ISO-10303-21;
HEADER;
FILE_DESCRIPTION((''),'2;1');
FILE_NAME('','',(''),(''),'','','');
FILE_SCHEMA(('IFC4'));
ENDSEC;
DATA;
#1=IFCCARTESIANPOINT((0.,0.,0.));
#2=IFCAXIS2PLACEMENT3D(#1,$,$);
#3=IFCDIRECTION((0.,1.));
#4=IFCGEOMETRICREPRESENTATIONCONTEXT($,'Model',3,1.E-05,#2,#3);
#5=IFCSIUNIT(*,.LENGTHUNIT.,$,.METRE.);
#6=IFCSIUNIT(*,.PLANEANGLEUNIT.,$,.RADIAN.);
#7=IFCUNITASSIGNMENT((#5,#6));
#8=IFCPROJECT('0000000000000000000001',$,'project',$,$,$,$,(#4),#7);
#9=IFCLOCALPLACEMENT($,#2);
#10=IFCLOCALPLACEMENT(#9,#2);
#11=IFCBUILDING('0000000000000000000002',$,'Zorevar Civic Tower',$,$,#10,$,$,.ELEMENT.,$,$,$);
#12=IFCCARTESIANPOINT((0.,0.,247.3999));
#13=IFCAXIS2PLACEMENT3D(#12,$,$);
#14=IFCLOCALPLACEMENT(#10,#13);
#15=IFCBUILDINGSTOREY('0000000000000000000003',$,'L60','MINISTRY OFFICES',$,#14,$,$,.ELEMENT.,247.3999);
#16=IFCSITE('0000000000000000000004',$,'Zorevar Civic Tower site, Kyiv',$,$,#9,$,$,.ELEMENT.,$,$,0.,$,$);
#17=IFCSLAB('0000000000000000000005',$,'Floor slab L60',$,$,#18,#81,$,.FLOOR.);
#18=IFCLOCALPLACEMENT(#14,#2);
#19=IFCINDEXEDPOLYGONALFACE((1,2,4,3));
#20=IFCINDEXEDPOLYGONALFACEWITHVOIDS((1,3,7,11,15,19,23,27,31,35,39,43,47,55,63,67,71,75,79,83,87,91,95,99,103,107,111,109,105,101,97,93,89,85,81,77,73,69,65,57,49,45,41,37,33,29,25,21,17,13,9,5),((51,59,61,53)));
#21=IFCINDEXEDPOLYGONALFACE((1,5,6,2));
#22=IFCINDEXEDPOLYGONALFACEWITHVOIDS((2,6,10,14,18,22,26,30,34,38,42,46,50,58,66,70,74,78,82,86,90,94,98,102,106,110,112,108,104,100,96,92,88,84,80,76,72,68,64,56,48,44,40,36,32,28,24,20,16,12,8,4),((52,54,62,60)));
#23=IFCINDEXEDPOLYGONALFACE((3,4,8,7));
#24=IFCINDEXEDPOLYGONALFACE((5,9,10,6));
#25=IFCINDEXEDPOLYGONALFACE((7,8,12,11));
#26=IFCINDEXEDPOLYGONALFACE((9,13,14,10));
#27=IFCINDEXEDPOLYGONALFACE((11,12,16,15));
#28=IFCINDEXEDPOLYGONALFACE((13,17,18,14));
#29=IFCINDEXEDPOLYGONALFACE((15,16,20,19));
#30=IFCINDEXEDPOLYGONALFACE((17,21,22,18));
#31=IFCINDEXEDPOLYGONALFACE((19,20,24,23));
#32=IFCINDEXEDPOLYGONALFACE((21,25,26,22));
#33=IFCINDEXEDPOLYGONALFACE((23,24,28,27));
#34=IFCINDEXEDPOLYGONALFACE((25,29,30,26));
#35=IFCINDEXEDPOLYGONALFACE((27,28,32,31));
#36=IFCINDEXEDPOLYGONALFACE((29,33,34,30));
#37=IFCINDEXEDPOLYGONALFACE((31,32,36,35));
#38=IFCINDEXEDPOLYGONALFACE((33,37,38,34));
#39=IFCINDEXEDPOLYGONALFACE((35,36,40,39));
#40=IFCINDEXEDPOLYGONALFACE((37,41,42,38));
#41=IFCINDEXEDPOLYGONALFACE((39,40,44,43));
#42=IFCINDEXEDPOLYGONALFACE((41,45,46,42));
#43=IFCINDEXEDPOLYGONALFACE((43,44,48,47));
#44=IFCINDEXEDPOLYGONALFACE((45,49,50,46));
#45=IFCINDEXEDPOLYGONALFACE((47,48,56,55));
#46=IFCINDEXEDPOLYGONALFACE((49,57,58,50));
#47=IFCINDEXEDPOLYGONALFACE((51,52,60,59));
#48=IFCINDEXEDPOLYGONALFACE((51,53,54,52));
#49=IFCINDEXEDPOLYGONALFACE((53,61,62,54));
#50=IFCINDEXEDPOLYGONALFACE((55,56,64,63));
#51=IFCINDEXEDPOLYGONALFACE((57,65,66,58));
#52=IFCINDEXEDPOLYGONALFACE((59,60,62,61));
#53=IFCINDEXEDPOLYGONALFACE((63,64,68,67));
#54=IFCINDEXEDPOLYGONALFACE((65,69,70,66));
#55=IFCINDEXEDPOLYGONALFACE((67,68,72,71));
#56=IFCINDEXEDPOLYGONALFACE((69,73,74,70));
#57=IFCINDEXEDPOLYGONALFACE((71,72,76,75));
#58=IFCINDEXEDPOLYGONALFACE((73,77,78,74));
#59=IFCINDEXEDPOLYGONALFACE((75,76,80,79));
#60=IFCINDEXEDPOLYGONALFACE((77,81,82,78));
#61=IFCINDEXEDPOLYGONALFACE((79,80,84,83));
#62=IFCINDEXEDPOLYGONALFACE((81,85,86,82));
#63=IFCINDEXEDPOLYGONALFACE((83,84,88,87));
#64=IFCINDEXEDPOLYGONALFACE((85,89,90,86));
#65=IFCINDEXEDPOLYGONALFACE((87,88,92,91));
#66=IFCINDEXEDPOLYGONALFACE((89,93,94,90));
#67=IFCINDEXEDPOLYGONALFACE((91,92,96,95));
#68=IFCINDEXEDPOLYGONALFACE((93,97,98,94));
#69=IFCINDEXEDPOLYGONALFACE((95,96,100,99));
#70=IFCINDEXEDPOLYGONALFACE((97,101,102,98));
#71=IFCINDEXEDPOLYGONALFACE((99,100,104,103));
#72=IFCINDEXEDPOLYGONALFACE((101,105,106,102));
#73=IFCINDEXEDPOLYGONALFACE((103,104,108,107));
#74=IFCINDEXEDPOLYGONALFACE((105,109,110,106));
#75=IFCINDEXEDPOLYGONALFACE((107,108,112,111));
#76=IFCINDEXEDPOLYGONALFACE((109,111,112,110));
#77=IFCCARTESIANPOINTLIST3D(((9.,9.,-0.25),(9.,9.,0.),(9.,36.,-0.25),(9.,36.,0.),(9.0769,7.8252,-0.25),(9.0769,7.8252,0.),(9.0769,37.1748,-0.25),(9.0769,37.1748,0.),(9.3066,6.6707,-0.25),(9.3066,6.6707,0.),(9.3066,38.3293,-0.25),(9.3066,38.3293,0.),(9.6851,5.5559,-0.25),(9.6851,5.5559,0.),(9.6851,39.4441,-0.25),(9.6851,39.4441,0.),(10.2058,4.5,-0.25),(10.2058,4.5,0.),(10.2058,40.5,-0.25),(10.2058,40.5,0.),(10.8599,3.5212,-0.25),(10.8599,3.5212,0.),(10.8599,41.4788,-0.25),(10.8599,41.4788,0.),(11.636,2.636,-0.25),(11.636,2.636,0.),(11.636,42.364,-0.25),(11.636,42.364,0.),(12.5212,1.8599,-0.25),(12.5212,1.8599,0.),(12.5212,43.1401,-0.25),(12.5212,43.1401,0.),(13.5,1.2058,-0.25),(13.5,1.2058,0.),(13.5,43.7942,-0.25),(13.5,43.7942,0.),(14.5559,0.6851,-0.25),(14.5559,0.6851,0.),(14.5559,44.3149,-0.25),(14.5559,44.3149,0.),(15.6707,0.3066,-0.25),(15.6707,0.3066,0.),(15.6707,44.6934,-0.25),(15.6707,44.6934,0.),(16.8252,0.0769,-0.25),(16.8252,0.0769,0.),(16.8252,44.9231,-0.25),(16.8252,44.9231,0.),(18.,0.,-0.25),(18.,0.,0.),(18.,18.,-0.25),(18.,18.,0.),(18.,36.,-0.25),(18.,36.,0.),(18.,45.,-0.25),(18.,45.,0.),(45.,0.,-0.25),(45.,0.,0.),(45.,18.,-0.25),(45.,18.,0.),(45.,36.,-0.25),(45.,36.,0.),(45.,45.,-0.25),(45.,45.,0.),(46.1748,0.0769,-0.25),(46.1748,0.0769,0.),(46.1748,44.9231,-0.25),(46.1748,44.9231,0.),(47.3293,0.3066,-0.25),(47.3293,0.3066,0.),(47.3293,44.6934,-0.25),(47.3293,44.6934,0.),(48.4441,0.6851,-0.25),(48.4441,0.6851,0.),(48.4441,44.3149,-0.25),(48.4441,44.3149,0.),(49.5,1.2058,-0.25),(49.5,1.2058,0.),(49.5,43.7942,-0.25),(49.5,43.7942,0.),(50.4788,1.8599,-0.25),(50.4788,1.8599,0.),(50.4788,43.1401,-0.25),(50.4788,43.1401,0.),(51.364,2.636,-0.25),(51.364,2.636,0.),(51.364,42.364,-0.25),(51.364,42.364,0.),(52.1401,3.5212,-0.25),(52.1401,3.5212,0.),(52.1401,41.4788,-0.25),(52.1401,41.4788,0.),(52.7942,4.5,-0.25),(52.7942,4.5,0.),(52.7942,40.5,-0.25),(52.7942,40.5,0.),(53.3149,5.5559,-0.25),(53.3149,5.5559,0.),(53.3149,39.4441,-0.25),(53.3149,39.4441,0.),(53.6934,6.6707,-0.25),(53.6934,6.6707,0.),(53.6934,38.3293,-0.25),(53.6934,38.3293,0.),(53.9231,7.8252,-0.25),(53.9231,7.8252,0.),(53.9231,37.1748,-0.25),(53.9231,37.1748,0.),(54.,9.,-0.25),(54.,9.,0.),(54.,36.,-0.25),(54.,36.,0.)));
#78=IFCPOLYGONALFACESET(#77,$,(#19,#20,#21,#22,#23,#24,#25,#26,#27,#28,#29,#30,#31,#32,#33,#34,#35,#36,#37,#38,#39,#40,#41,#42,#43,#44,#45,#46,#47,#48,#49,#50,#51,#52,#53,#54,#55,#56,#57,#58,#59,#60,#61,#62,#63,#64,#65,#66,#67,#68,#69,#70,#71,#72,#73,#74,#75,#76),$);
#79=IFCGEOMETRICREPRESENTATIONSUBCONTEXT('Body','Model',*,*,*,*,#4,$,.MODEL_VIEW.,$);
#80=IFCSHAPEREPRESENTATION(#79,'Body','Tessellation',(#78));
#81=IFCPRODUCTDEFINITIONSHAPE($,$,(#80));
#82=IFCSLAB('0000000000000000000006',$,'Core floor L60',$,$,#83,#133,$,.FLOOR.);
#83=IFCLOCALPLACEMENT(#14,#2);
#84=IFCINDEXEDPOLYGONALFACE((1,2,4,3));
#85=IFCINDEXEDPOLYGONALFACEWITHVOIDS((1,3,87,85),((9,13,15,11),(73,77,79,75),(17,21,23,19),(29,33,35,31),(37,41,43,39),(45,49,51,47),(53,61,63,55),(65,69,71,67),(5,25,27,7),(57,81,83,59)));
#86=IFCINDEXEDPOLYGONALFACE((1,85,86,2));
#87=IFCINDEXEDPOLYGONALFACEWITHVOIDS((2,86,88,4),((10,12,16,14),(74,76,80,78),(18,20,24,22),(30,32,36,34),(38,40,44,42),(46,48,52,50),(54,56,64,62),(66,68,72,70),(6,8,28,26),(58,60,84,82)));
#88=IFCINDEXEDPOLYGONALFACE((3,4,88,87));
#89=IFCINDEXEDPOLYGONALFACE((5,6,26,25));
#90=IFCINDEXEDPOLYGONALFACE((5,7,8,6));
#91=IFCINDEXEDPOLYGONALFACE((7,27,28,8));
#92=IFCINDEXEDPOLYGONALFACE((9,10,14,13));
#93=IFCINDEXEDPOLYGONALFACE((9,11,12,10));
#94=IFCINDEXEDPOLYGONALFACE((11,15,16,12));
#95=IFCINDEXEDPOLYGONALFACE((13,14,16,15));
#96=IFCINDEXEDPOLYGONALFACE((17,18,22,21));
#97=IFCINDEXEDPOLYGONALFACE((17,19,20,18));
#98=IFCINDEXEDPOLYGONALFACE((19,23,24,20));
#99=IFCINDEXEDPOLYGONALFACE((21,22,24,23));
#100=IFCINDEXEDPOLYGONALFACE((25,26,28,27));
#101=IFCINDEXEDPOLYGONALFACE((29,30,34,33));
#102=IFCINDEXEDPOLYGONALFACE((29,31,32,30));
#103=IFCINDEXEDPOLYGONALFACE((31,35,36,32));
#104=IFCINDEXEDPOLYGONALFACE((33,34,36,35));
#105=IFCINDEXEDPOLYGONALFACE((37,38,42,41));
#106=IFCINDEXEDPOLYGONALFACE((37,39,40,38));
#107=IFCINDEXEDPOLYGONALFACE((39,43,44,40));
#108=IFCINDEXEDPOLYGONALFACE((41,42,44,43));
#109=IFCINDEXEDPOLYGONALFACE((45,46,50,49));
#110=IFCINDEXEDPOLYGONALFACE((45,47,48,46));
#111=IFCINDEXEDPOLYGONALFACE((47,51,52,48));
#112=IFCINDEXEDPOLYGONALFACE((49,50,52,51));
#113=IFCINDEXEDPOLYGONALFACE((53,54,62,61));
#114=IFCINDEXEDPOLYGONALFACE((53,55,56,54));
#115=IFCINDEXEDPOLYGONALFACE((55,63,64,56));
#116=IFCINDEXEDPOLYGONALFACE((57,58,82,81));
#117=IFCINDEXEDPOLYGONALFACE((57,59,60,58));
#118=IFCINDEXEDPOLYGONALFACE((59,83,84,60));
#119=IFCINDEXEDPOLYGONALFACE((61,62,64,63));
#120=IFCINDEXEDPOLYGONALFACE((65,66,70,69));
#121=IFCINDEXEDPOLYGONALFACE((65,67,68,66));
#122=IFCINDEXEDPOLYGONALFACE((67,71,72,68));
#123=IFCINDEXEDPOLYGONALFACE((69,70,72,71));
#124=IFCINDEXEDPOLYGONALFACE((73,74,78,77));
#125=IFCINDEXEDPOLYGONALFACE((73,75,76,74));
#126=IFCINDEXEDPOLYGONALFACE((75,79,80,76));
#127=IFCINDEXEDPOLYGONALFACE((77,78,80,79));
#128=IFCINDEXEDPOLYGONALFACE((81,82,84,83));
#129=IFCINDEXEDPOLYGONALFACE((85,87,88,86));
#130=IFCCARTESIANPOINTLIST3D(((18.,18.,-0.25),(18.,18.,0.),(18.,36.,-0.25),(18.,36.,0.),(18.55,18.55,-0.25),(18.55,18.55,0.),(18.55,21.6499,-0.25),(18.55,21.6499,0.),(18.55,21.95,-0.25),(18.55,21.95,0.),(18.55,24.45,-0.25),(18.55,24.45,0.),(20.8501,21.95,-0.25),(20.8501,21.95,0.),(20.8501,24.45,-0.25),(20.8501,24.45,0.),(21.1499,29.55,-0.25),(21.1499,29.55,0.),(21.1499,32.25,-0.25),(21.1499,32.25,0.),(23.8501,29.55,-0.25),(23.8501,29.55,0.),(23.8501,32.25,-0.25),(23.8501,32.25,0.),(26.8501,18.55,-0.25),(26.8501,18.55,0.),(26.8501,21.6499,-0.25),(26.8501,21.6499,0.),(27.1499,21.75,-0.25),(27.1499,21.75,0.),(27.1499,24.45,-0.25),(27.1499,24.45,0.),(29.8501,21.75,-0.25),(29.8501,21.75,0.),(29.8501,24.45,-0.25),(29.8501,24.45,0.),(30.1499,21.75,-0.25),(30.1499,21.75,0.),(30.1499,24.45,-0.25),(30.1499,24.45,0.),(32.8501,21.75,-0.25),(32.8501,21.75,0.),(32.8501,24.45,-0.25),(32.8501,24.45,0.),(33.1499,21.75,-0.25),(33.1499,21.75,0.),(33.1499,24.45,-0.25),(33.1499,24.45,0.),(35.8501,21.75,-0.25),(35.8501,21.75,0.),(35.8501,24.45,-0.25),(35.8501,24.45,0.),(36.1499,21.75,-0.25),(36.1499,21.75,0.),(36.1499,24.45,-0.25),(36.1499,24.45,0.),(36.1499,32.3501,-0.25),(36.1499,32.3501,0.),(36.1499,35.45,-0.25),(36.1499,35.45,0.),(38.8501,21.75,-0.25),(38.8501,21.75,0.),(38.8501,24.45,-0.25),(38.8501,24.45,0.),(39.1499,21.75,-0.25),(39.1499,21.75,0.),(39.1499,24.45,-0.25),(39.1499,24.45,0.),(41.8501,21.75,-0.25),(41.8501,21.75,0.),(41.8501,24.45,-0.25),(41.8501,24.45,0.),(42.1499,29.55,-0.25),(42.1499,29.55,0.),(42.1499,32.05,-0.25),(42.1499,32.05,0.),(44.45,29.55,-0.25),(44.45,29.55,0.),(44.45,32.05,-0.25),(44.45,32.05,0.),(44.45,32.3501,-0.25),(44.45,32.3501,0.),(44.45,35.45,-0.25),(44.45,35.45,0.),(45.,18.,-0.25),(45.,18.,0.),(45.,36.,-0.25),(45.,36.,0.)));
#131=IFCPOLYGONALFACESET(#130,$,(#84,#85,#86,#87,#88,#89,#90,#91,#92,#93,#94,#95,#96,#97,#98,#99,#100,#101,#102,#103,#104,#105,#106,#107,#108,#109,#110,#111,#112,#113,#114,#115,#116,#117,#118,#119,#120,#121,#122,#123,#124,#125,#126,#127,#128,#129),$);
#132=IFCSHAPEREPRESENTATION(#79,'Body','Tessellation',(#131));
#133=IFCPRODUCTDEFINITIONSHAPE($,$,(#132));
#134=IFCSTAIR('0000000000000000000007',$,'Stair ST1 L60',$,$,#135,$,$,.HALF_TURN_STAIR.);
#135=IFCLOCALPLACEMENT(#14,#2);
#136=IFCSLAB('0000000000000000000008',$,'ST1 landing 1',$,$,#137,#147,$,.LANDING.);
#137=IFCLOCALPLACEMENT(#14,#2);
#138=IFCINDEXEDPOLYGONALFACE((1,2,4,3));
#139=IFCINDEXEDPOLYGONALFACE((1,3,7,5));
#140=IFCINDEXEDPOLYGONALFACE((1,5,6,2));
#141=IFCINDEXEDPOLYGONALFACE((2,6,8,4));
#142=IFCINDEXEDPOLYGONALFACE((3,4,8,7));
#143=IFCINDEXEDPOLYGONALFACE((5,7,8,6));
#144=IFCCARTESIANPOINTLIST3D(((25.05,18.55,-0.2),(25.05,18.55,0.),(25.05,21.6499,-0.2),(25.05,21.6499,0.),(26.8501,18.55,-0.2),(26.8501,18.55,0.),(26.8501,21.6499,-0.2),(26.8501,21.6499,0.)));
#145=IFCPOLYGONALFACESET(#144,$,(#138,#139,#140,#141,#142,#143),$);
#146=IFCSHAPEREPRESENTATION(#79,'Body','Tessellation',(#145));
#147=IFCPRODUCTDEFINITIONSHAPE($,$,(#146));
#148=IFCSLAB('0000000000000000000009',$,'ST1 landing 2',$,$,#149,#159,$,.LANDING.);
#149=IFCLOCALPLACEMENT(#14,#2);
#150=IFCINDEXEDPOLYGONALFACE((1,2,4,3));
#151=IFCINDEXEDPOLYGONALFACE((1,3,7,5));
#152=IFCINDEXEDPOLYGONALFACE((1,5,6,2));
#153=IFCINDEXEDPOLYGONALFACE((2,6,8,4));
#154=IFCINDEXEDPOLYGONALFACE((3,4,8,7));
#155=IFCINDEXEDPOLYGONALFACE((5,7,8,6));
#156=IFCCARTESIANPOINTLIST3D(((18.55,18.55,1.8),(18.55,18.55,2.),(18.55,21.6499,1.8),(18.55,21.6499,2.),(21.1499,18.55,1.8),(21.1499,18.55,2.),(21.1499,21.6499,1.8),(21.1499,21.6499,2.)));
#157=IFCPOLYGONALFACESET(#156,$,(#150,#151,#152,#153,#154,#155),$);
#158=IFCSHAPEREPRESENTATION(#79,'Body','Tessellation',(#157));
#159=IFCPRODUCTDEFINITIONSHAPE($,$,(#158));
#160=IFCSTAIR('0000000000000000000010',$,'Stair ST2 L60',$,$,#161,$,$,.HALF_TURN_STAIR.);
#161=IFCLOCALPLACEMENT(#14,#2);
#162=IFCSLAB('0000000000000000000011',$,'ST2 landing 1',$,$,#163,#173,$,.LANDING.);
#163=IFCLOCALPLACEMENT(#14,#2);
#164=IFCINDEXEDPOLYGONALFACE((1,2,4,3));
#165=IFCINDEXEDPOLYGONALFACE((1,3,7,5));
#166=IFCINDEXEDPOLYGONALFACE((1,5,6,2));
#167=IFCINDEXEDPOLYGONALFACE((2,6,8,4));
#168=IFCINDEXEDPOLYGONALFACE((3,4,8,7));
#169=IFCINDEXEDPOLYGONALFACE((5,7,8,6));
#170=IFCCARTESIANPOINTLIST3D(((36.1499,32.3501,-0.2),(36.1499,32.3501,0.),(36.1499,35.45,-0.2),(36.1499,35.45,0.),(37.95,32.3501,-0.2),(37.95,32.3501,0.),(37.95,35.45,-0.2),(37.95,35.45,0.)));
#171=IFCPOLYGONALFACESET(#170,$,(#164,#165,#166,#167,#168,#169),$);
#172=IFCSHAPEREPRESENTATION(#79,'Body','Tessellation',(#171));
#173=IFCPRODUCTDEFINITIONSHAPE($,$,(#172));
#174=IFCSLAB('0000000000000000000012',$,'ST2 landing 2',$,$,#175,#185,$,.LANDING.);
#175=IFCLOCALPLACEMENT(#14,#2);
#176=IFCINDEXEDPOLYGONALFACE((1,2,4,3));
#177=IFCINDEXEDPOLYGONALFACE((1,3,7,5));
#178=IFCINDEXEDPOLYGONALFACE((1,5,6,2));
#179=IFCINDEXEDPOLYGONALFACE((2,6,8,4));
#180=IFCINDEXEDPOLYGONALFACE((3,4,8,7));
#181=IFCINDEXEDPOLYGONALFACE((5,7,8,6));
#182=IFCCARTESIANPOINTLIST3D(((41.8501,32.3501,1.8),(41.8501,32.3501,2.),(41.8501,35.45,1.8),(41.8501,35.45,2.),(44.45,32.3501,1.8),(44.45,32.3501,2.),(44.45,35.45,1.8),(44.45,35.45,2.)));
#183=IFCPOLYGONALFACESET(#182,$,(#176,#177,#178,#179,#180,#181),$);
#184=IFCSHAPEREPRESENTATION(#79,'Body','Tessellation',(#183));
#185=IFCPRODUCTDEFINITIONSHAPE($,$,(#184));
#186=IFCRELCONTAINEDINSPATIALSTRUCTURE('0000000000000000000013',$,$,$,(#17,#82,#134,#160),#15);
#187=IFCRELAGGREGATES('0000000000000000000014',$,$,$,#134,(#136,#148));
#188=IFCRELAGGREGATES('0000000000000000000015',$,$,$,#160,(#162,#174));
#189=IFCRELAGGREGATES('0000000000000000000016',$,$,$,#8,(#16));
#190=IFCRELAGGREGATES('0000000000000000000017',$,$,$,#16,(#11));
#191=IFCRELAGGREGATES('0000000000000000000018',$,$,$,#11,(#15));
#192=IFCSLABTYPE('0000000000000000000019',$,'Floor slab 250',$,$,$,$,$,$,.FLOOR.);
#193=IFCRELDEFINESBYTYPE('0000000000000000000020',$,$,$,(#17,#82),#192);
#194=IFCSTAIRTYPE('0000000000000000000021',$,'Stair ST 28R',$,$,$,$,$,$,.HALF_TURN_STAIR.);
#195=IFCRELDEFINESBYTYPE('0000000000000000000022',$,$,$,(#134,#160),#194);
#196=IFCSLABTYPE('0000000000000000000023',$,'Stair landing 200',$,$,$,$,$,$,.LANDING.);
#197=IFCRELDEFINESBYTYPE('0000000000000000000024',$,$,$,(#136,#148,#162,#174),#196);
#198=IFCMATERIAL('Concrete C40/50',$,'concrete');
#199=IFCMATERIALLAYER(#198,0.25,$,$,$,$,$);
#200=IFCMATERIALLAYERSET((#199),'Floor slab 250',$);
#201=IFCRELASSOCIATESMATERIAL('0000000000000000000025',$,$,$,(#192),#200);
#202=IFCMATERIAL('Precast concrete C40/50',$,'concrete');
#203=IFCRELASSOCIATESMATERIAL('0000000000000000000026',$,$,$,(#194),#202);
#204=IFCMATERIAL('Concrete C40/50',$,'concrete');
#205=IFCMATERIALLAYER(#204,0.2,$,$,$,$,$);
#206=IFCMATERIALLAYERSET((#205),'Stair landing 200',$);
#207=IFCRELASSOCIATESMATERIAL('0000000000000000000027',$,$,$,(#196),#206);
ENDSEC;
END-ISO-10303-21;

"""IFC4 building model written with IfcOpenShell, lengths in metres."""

from ifc_helpers import new_model, si_unit, direction, frame, origin, place, context, subcontext, project, spatial, polyline, outline, extrude, material, layer, layer_set, type_object, element, aggregate, save


model = new_model("IFC4")

# Units and contexts
model_context = context("Model", 3, precision=1e-05, world=origin(), true_north=direction((0.0, 1.0)))
body_context = subcontext(model_context, "Body", "Model", "MODEL_VIEW")
ifc_project = project(units=[si_unit("LENGTHUNIT", "METRE"), si_unit("PLANEANGLEUNIT", "RADIAN")], contexts=[model_context])

# Site, building, storey
site_placement = place(None, origin())
site = spatial("IfcSite", under=ifc_project, at=site_placement, Name="Zorevar Civic Tower site, Kyiv", CompositionType="ELEMENT", RefElevation=0.0)
building_placement = place(site_placement, origin())
building = spatial("IfcBuilding", under=site, at=building_placement, Name="Zorevar Civic Tower", CompositionType="ELEMENT")
storey_placement = place(building_placement, frame((0.0, 0.0, 247.3999)))
storey = spatial("IfcBuildingStorey", under=building, at=storey_placement, Name="L60", Description="MINISTRY OFFICES", CompositionType="ELEMENT", Elevation=247.3999)

# Slabs
ifc_material_1 = material(Name="Concrete C40/50", Category="concrete")
ifc_layer_1 = layer(ifc_material_1, 0.25)
ifc_layer_set_1 = layer_set([ifc_layer_1], Name="Floor slab 250")
slab_type_1 = type_object("IfcSlabType", Name="Floor slab 250", PredefinedType="FLOOR", material=ifc_layer_set_1)
slab_1_placement = place(storey_placement, frame((0.0, 0.0, -0.25)))
element("IfcSlab", 1, at=slab_1_placement, inside=storey, type_object=slab_type_1, Name="Floor slab L60", PredefinedType="FLOOR", context=body_context, shape_type="SweptSolid", body=[
    extrude(outline(polyline([(45.0, 0.0), (46.1748, 0.0769), (47.3293, 0.3066), (48.4441, 0.6851), (49.5, 1.2058), (50.4788, 1.8599), (51.364, 2.636), (52.1401, 3.5212), (52.7942, 4.5), (53.3149, 5.5559), (53.6934, 6.6707), (53.9231, 7.8252), (54.0, 9.0), (54.0, 36.0), (53.9231, 37.1748), (53.6934, 38.3293), (53.3149, 39.4441), (52.7942, 40.5), (52.1401, 41.4788), (51.364, 42.364), (50.4788, 43.1401), (49.5, 43.7942), (48.4441, 44.3149), (47.3293, 44.6934), (46.1748, 44.9231), (45.0, 45.0), (18.0, 45.0), (16.8252, 44.9231), (15.6707, 44.6934), (14.5559, 44.3149), (13.5, 43.7942), (12.5212, 43.1401), (11.636, 42.364), (10.8599, 41.4788), (10.2058, 40.5), (9.6851, 39.4441), (9.3066, 38.3293), (9.0769, 37.1748), (9.0, 36.0), (9.0, 9.0), (9.0769, 7.8252), (9.3066, 6.6707), (9.6851, 5.5559), (10.2058, 4.5), (10.8599, 3.5212), (11.636, 2.636), (12.5212, 1.8599), (13.5, 1.2058), (14.5559, 0.6851), (15.6707, 0.3066), (16.8252, 0.0769), (18.0, 0.0), (45.0, 0.0)]), holes=[polyline([(18.0, 18.0), (45.0, 18.0), (45.0, 36.0), (18.0, 36.0), (18.0, 18.0)])]), origin(), (0.0, 0.0, 1.0), 0.25),
])
slab_2_placement = place(storey_placement, frame((0.0, 0.0, -0.25)))
element("IfcSlab", 2, at=slab_2_placement, inside=storey, type_object=slab_type_1, Name="Core floor L60", PredefinedType="FLOOR", context=body_context, shape_type="SweptSolid", body=[
    extrude(outline(polyline([(18.0, 18.0), (45.0, 18.0), (45.0, 36.0), (18.0, 36.0), (18.0, 18.0)]), holes=[polyline([(18.55, 18.55), (26.8501, 18.55), (26.8501, 21.6499), (18.55, 21.6499), (18.55, 18.55)]), polyline([(36.1499, 32.3501), (44.45, 32.3501), (44.45, 35.45), (36.1499, 35.45), (36.1499, 32.3501)]), polyline([(18.55, 21.95), (20.8501, 21.95), (20.8501, 24.45), (18.55, 24.45), (18.55, 21.95)]), polyline([(42.1499, 29.55), (44.45, 29.55), (44.45, 32.05), (42.1499, 32.05), (42.1499, 29.55)]), polyline([(27.1499, 21.75), (29.8501, 21.75), (29.8501, 24.45), (27.1499, 24.45), (27.1499, 21.75)]), polyline([(30.1499, 21.75), (32.8501, 21.75), (32.8501, 24.45), (30.1499, 24.45), (30.1499, 21.75)]), polyline([(33.1499, 21.75), (35.8501, 21.75), (35.8501, 24.45), (33.1499, 24.45), (33.1499, 21.75)]), polyline([(36.1499, 21.75), (38.8501, 21.75), (38.8501, 24.45), (36.1499, 24.45), (36.1499, 21.75)]), polyline([(39.1499, 21.75), (41.8501, 21.75), (41.8501, 24.45), (39.1499, 24.45), (39.1499, 21.75)]), polyline([(21.1499, 29.55), (23.8501, 29.55), (23.8501, 32.25), (21.1499, 32.25), (21.1499, 29.55)])]), origin(), (0.0, 0.0, 1.0), 0.25),
])

# Stairs, slabs
ifc_material_2 = material(Name="Precast concrete C40/50", Category="concrete")
stair_type = type_object("IfcStairType", Name="Stair ST 28R", PredefinedType="HALF_TURN_STAIR", material=ifc_material_2)
stair_1_placement = place(storey_placement, origin())
stair_1 = element("IfcStair", 3, at=stair_1_placement, inside=storey, type_object=stair_type, Name="Stair ST1 L60", PredefinedType="HALF_TURN_STAIR")
ifc_material_3 = material(Name="Concrete C40/50", Category="concrete")
ifc_layer_2 = layer(ifc_material_3, 0.2)
ifc_layer_set_2 = layer_set([ifc_layer_2], Name="Stair landing 200")
slab_type_2 = type_object("IfcSlabType", Name="Stair landing 200", PredefinedType="LANDING", material=ifc_layer_set_2)
slab_3_placement = place(storey_placement, frame((0.0, 0.0, -0.2)))
slab_3 = element("IfcSlab", 4, at=slab_3_placement, type_object=slab_type_2, Name="ST1 landing 1", PredefinedType="LANDING", context=body_context, shape_type="SweptSolid", body=[
    extrude(outline(polyline([(25.05, 18.55), (26.8501, 18.55), (26.8501, 21.6499), (25.05, 21.6499), (25.05, 18.55)])), origin(), (0.0, 0.0, 1.0), 0.2),
])
slab_4_placement = place(storey_placement, frame((0.0, 0.0, 1.8)))
slab_4 = element("IfcSlab", 5, at=slab_4_placement, type_object=slab_type_2, Name="ST1 landing 2", PredefinedType="LANDING", context=body_context, shape_type="SweptSolid", body=[
    extrude(outline(polyline([(18.55, 18.55), (21.1499, 18.55), (21.1499, 21.6499), (18.55, 21.6499), (18.55, 18.55)])), origin(), (0.0, 0.0, 1.0), 0.2),
])
aggregate(stair_1, [slab_3, slab_4])
stair_2_placement = place(storey_placement, origin())
stair_2 = element("IfcStair", 6, at=stair_2_placement, inside=storey, type_object=stair_type, Name="Stair ST2 L60", PredefinedType="HALF_TURN_STAIR")
slab_5_placement = place(storey_placement, frame((0.0, 0.0, -0.2)))
slab_5 = element("IfcSlab", 7, at=slab_5_placement, type_object=slab_type_2, Name="ST2 landing 1", PredefinedType="LANDING", context=body_context, shape_type="SweptSolid", body=[
    extrude(outline(polyline([(37.95, 32.3501), (36.1499, 32.3501), (36.1499, 35.45), (37.95, 35.45), (37.95, 32.3501)])), origin(), (0.0, 0.0, 1.0), 0.2),
])
slab_6_placement = place(storey_placement, frame((0.0, 0.0, 1.8)))
slab_6 = element("IfcSlab", 8, at=slab_6_placement, type_object=slab_type_2, Name="ST2 landing 2", PredefinedType="LANDING", context=body_context, shape_type="SweptSolid", body=[
    extrude(outline(polyline([(44.45, 32.3501), (41.8501, 32.3501), (41.8501, 35.45), (44.45, 35.45), (44.45, 32.3501)])), origin(), (0.0, 0.0, 1.0), 0.2),
])
aggregate(stair_2, [slab_5, slab_6])

save(model, "model.ifc")
